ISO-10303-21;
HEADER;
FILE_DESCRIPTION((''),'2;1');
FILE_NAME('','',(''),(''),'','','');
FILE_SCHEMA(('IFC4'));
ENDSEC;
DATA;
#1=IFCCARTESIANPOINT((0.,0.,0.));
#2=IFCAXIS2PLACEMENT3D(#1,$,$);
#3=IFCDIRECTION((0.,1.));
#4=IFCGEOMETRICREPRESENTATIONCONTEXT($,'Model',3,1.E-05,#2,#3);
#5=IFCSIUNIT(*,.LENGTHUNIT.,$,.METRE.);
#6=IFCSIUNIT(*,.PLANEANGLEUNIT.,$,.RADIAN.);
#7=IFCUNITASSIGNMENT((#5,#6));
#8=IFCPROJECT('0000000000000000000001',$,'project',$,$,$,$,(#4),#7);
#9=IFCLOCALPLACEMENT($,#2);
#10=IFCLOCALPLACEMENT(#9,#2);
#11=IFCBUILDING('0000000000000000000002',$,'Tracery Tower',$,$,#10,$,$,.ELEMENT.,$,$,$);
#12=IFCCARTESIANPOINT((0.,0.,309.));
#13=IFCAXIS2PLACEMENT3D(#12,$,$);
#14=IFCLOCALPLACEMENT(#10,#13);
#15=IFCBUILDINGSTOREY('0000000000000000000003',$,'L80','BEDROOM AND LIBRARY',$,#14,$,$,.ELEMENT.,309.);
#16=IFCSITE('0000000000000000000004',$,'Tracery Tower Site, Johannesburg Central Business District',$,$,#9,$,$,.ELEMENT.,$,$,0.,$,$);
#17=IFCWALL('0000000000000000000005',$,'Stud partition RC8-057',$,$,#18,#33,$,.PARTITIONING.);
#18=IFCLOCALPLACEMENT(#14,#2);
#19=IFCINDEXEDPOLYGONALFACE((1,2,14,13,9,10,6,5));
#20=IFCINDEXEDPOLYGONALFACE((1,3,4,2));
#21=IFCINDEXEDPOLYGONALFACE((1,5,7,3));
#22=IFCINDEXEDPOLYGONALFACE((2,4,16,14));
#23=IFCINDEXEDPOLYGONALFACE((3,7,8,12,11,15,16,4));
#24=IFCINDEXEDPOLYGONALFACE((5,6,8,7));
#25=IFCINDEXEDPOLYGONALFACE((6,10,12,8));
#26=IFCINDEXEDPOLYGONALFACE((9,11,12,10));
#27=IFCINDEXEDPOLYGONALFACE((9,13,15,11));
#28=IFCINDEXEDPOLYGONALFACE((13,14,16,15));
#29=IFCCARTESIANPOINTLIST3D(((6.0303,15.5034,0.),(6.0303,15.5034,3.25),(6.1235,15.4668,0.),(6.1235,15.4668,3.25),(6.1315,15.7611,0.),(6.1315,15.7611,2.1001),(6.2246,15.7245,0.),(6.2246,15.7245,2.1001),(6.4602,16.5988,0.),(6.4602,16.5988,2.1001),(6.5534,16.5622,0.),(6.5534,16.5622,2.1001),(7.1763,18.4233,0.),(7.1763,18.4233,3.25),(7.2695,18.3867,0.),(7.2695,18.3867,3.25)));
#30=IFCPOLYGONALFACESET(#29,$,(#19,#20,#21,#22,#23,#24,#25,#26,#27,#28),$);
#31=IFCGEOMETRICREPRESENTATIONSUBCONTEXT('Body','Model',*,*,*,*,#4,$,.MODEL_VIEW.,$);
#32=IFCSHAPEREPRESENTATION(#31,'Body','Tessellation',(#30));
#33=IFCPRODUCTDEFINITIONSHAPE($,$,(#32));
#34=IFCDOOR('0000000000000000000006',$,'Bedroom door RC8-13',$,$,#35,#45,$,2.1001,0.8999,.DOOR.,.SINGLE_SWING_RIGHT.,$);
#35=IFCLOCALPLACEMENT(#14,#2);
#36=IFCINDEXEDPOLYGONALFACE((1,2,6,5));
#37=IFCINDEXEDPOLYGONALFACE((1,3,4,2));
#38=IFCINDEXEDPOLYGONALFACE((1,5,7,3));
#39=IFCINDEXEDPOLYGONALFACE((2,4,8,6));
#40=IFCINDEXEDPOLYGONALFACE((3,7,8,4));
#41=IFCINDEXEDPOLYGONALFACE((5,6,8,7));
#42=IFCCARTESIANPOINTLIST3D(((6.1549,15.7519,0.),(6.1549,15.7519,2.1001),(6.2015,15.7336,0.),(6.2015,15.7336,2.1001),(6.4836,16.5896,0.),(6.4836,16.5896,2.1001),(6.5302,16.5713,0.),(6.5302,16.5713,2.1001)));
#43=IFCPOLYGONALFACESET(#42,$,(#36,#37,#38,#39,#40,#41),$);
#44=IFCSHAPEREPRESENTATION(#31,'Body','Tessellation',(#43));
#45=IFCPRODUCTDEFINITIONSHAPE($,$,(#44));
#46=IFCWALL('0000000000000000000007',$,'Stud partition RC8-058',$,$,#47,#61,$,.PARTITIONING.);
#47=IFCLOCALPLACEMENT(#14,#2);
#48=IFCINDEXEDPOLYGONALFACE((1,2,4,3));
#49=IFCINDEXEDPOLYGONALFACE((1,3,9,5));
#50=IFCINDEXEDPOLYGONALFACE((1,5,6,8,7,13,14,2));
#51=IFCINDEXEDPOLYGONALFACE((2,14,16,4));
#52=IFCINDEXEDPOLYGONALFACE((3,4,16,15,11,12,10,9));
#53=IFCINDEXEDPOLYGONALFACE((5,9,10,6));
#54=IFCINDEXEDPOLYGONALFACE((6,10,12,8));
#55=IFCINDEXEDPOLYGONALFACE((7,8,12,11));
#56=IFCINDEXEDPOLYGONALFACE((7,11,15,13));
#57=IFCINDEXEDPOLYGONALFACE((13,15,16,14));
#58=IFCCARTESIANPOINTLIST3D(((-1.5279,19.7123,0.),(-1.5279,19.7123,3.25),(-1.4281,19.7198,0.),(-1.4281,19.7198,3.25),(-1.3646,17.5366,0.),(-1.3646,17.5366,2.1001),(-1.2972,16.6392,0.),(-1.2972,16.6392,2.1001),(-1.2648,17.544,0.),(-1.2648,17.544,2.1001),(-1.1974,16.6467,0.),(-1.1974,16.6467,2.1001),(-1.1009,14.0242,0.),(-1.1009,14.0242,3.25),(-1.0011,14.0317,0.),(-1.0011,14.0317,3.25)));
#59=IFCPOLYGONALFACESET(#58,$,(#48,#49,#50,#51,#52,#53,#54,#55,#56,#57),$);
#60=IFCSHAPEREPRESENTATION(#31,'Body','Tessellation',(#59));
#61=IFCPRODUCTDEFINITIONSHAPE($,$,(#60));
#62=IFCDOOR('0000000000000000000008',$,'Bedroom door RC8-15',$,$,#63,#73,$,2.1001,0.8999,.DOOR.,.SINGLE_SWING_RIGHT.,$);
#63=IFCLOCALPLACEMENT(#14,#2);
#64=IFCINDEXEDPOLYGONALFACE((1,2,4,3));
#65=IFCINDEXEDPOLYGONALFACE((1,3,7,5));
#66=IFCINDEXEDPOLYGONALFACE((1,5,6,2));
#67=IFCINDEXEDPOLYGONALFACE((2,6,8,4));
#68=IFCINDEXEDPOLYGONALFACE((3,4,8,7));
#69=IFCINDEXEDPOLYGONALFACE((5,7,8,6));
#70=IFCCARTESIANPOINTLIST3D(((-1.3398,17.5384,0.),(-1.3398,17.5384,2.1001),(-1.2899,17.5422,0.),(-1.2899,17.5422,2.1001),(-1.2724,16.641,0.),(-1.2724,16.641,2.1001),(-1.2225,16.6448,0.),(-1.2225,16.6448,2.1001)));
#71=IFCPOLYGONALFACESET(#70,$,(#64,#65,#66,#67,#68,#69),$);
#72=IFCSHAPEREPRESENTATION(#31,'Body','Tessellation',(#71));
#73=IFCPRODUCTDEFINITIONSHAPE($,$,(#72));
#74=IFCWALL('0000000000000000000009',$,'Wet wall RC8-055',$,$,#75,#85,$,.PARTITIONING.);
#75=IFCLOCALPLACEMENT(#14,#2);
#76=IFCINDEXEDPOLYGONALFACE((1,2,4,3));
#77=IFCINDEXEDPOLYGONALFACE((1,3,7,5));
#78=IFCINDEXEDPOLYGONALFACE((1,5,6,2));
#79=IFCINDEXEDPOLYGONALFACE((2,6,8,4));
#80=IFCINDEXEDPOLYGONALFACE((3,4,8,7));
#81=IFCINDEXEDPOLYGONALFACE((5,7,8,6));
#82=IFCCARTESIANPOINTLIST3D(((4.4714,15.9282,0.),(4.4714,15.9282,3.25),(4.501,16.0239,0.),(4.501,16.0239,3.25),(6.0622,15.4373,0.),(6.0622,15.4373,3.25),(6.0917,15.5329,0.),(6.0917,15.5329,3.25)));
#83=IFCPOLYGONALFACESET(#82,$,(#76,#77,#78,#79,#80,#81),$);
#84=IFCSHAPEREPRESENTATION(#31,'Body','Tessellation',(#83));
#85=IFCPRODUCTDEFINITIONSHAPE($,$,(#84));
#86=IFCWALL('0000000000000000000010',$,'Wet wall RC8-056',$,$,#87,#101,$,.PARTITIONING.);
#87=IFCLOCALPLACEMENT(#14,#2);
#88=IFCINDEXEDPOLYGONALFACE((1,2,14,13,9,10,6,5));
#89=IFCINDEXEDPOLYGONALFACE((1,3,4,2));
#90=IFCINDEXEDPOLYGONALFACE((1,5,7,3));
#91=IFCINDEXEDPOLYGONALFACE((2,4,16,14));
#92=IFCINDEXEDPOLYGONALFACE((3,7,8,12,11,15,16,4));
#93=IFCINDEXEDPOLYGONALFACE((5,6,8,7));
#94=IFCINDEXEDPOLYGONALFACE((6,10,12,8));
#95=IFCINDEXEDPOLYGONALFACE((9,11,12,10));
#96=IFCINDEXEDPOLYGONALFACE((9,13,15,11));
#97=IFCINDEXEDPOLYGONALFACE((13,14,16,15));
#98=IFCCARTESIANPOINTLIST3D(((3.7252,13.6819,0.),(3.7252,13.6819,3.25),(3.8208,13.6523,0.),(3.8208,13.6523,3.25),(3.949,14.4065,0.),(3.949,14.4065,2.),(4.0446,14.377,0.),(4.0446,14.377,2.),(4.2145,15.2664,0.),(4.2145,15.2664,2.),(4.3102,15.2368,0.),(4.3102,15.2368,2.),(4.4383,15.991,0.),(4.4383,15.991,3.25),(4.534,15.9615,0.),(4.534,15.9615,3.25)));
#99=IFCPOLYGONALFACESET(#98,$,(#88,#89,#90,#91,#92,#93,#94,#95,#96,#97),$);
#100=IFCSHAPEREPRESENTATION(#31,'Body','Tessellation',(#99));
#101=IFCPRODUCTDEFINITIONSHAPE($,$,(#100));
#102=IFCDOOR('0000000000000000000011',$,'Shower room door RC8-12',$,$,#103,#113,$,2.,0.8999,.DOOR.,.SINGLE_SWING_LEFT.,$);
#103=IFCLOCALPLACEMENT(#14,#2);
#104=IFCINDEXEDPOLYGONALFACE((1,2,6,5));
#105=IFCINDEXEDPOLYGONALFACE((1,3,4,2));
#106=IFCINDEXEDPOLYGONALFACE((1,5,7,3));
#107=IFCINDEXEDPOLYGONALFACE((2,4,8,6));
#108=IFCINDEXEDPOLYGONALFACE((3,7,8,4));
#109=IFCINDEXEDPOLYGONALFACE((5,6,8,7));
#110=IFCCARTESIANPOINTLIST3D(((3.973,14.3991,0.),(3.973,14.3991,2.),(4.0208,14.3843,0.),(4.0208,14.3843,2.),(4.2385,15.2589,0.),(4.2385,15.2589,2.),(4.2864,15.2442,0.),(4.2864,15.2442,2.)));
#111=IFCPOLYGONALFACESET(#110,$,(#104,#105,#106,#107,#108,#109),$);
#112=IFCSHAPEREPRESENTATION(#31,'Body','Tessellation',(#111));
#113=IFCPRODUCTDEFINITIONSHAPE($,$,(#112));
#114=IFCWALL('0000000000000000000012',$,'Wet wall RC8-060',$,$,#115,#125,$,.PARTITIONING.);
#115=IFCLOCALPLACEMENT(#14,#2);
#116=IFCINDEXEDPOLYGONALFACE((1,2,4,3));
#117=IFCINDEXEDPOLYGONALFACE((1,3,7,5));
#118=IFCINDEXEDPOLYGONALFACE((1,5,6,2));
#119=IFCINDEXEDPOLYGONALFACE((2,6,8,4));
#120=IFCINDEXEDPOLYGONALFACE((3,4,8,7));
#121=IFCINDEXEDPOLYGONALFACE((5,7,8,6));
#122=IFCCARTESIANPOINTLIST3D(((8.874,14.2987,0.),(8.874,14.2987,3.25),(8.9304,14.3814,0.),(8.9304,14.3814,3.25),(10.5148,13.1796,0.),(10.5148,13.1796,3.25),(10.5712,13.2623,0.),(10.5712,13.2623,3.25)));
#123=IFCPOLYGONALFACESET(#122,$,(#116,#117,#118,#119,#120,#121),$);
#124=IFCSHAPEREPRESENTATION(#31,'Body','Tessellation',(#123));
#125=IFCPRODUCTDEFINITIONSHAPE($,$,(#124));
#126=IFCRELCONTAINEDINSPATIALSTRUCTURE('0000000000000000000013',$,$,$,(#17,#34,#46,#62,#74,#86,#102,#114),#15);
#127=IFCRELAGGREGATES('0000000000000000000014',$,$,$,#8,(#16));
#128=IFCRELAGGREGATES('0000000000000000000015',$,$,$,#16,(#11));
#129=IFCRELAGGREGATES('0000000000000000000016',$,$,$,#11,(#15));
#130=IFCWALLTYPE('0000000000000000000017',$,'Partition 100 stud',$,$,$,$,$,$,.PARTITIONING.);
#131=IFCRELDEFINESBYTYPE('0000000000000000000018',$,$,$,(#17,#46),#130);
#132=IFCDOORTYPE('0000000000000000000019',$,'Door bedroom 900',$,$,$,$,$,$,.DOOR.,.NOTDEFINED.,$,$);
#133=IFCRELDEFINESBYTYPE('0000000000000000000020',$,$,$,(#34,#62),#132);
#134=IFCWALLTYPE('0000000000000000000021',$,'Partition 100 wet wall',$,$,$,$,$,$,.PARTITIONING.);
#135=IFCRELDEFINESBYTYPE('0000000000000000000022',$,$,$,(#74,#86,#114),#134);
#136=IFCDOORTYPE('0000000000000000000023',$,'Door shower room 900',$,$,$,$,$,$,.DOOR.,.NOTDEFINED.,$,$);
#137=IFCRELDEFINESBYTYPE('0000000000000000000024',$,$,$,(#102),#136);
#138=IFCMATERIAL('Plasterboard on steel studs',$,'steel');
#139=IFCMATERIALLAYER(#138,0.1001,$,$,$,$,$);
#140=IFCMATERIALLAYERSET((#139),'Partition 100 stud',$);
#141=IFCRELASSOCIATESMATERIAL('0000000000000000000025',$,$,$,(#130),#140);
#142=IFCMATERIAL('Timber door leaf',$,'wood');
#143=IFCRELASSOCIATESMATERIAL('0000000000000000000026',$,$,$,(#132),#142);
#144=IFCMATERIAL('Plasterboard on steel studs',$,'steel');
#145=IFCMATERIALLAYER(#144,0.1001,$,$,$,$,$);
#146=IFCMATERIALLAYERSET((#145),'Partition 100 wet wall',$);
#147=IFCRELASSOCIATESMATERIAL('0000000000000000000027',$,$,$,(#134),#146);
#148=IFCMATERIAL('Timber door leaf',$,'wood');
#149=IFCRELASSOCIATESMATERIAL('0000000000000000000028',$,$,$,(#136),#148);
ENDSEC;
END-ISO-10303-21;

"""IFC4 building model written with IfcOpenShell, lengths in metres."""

from ifc_helpers import new_model, si_unit, direction, frame, frame_2d, origin, place, context, subcontext, project, spatial, rectangle, extrude, material, layer, layer_set, type_object, element, fill, save


model = new_model("IFC4")

# Units and contexts
model_context = context("Model", 3, precision=1e-05, world=origin(), true_north=direction((0.0, 1.0)))
body_context = subcontext(model_context, "Body", "Model", "MODEL_VIEW")
ifc_project = project(units=[si_unit("LENGTHUNIT", "METRE"), si_unit("PLANEANGLEUNIT", "RADIAN")], contexts=[model_context])

# Site, building, storey
site_placement = place(None, origin())
site = spatial("IfcSite", under=ifc_project, at=site_placement, Name="Tracery Tower Site, Johannesburg Central Business District", CompositionType="ELEMENT", RefElevation=0.0)
building_placement = place(site_placement, origin())
building = spatial("IfcBuilding", under=site, at=building_placement, Name="Tracery Tower", CompositionType="ELEMENT")
storey_placement = place(building_placement, frame((0.0, 0.0, 309.0)))
storey = spatial("IfcBuildingStorey", under=building, at=storey_placement, Name="L80", Description="BEDROOM AND LIBRARY", CompositionType="ELEMENT", Elevation=309.0)

# Walls, openings, doors
ifc_material_1 = material(Name="Plasterboard on steel studs", Category="steel")
ifc_layer_1 = layer(ifc_material_1, 0.1001)
ifc_layer_set_1 = layer_set([ifc_layer_1], Name="Partition 100 stud")
wall_type_1 = type_object("IfcWallType", Name="Partition 100 stud", PredefinedType="PARTITIONING", material=ifc_layer_set_1)
wall_1_placement = place(storey_placement, frame((6.0769, 15.4851, 0.0), z_axis=(0.0, 0.0, 1.0), x_axis=(0.365344, 0.930873, 0.0)))
wall_1 = element("IfcWall", 1, at=wall_1_placement, inside=storey, type_object=wall_type_1, Name="Stud partition RC8-057", PredefinedType="PARTITIONING", context=body_context, shape_type="SweptSolid", body=[
    extrude(rectangle(XDim=3.1367, YDim=0.1001, at=frame_2d((1.5684, 0.0))), origin(), (0.0, 0.0, 1.0), 3.25),
])
opening_1_placement = place(wall_1_placement, frame((0.2769, 0.0, 0.0)))
opening_1 = element("IfcOpeningElement", 2, at=opening_1_placement, cuts=wall_1, PredefinedType="OPENING", context=body_context, shape_type="SweptSolid", body=[
    extrude(rectangle(XDim=0.8999, YDim=2.1001, at=frame_2d((0.45, 1.05))), frame((0.0, 0.05, 0.0), z_axis=(0.0, -1.0, 0.0), x_axis=(1.0, 0.0, 0.0)), (0.0, 0.0, 1.0), 0.1001),
])
ifc_material_2 = material(Name="Timber door leaf", Category="wood")
door_type_1 = type_object("IfcDoorType", Name="Door bedroom 900", OperationType="NOTDEFINED", PredefinedType="DOOR", material=ifc_material_2)
door_1_placement = place(opening_1_placement, origin())
door_1 = element("IfcDoor", 3, at=door_1_placement, inside=storey, type_object=door_type_1, Name="Bedroom door RC8-13", OperationType="SINGLE_SWING_RIGHT", OverallHeight=2.1001, OverallWidth=0.8999, PredefinedType="DOOR", context=body_context, shape_type="SweptSolid", body=[
    extrude(rectangle(XDim=0.8999, YDim=2.1001, at=frame_2d((0.45, 1.05))), frame((0.0, 0.0249, 0.0), z_axis=(0.0, -1.0, 0.0), x_axis=(1.0, 0.0, 0.0)), (0.0, 0.0, 1.0), 0.05),
])
fill(opening_1, door_1)
wall_2_placement = place(storey_placement, frame((-1.478, 19.7161, 0.0), z_axis=(0.0, 0.0, 1.0), x_axis=(0.07486, -0.997194, 0.0)))
wall_2 = element("IfcWall", 4, at=wall_2_placement, inside=storey, type_object=wall_type_1, Name="Stud partition RC8-058", PredefinedType="PARTITIONING", context=body_context, shape_type="SweptSolid", body=[
    extrude(rectangle(XDim=5.7041, YDim=0.1001, at=frame_2d((2.8521, 0.0))), origin(), (0.0, 0.0, 1.0), 3.25),
])
opening_2_placement = place(wall_2_placement, frame((2.1819, 0.0, 0.0)))
opening_2 = element("IfcOpeningElement", 5, at=opening_2_placement, cuts=wall_2, PredefinedType="OPENING", context=body_context, shape_type="SweptSolid", body=[
    extrude(rectangle(XDim=0.8999, YDim=2.1001, at=frame_2d((0.45, 1.05))), frame((0.0, 0.05, 0.0), z_axis=(0.0, -1.0, 0.0), x_axis=(1.0, 0.0, 0.0)), (0.0, 0.0, 1.0), 0.1001),
])
door_2_placement = place(opening_2_placement, origin())
door_2 = element("IfcDoor", 6, at=door_2_placement, inside=storey, type_object=door_type_1, Name="Bedroom door RC8-15", OperationType="SINGLE_SWING_RIGHT", OverallHeight=2.1001, OverallWidth=0.8999, PredefinedType="DOOR", context=body_context, shape_type="SweptSolid", body=[
    extrude(rectangle(XDim=0.8999, YDim=2.1001, at=frame_2d((0.45, 1.05))), frame((0.0, 0.0249, 0.0), z_axis=(0.0, -1.0, 0.0), x_axis=(1.0, 0.0, 0.0)), (0.0, 0.0, 1.0), 0.05),
])
fill(opening_2, door_2)

# Wall
ifc_material_3 = material(Name="Plasterboard on steel studs", Category="steel")
ifc_layer_2 = layer(ifc_material_3, 0.1001)
ifc_layer_set_2 = layer_set([ifc_layer_2], Name="Partition 100 wet wall")
wall_type_2 = type_object("IfcWallType", Name="Partition 100 wet wall", PredefinedType="PARTITIONING", material=ifc_layer_set_2)
wall_3_placement = place(storey_placement, frame((4.4861, 15.9761, 0.0), z_axis=(0.0, 0.0, 1.0), x_axis=(0.955528, -0.2949, 0.0)))
element("IfcWall", 7, at=wall_3_placement, inside=storey, type_object=wall_type_2, Name="Wet wall RC8-055", PredefinedType="PARTITIONING", context=body_context, shape_type="SweptSolid", body=[
    extrude(rectangle(XDim=1.6648, YDim=0.1001, at=frame_2d((0.8325, 0.0))), origin(), (0.0, 0.0, 1.0), 3.25),
])

# Wall, opening, door
wall_4_placement = place(storey_placement, frame((3.7729, 13.667, 0.0), z_axis=(0.0, 0.0, 1.0), x_axis=(0.295087, 0.955471, 0.0)))
wall_4 = element("IfcWall", 8, at=wall_4_placement, inside=storey, type_object=wall_type_2, Name="Wet wall RC8-056", PredefinedType="PARTITIONING", context=body_context, shape_type="SweptSolid", body=[
    extrude(rectangle(XDim=2.4167, YDim=0.1001, at=frame_2d((1.2085, 0.0))), origin(), (0.0, 0.0, 1.0), 3.25),
])
opening_3_placement = place(wall_4_placement, frame((0.7585, 0.0, 0.0)))
opening_3 = element("IfcOpeningElement", 9, at=opening_3_placement, cuts=wall_4, PredefinedType="OPENING", context=body_context, shape_type="SweptSolid", body=[
    extrude(rectangle(XDim=0.8999, YDim=2.0, at=frame_2d((0.45, 1.0))), frame((0.0, 0.05, 0.0), z_axis=(0.0, -1.0, 0.0), x_axis=(1.0, 0.0, 0.0)), (0.0, 0.0, 1.0), 0.1001),
])
ifc_material_4 = material(Name="Timber door leaf", Category="wood")
door_type_2 = type_object("IfcDoorType", Name="Door shower room 900", OperationType="NOTDEFINED", PredefinedType="DOOR", material=ifc_material_4)
door_3_placement = place(opening_3_placement, origin())
door_3 = element("IfcDoor", 10, at=door_3_placement, inside=storey, type_object=door_type_2, Name="Shower room door RC8-12", OperationType="SINGLE_SWING_LEFT", OverallHeight=2.0, OverallWidth=0.8999, PredefinedType="DOOR", context=body_context, shape_type="SweptSolid", body=[
    extrude(rectangle(XDim=0.8999, YDim=2.0, at=frame_2d((0.45, 1.0))), frame((0.0, 0.0249, 0.0), z_axis=(0.0, -1.0, 0.0), x_axis=(1.0, 0.0, 0.0)), (0.0, 0.0, 1.0), 0.05),
])
fill(opening_3, door_3)

# Wall
wall_5_placement = place(storey_placement, frame((8.9021, 14.3401, 0.0), z_axis=(0.0, 0.0, 1.0), x_axis=(0.826142, -0.563463, 0.0)))
element("IfcWall", 11, at=wall_5_placement, inside=storey, type_object=wall_type_2, Name="Wet wall RC8-060", PredefinedType="PARTITIONING", context=body_context, shape_type="SweptSolid", body=[
    extrude(rectangle(XDim=1.9861, YDim=0.1001, at=frame_2d((0.9932, 0.0))), origin(), (0.0, 0.0, 1.0), 3.25),
])

save(model, "model.ifc")
